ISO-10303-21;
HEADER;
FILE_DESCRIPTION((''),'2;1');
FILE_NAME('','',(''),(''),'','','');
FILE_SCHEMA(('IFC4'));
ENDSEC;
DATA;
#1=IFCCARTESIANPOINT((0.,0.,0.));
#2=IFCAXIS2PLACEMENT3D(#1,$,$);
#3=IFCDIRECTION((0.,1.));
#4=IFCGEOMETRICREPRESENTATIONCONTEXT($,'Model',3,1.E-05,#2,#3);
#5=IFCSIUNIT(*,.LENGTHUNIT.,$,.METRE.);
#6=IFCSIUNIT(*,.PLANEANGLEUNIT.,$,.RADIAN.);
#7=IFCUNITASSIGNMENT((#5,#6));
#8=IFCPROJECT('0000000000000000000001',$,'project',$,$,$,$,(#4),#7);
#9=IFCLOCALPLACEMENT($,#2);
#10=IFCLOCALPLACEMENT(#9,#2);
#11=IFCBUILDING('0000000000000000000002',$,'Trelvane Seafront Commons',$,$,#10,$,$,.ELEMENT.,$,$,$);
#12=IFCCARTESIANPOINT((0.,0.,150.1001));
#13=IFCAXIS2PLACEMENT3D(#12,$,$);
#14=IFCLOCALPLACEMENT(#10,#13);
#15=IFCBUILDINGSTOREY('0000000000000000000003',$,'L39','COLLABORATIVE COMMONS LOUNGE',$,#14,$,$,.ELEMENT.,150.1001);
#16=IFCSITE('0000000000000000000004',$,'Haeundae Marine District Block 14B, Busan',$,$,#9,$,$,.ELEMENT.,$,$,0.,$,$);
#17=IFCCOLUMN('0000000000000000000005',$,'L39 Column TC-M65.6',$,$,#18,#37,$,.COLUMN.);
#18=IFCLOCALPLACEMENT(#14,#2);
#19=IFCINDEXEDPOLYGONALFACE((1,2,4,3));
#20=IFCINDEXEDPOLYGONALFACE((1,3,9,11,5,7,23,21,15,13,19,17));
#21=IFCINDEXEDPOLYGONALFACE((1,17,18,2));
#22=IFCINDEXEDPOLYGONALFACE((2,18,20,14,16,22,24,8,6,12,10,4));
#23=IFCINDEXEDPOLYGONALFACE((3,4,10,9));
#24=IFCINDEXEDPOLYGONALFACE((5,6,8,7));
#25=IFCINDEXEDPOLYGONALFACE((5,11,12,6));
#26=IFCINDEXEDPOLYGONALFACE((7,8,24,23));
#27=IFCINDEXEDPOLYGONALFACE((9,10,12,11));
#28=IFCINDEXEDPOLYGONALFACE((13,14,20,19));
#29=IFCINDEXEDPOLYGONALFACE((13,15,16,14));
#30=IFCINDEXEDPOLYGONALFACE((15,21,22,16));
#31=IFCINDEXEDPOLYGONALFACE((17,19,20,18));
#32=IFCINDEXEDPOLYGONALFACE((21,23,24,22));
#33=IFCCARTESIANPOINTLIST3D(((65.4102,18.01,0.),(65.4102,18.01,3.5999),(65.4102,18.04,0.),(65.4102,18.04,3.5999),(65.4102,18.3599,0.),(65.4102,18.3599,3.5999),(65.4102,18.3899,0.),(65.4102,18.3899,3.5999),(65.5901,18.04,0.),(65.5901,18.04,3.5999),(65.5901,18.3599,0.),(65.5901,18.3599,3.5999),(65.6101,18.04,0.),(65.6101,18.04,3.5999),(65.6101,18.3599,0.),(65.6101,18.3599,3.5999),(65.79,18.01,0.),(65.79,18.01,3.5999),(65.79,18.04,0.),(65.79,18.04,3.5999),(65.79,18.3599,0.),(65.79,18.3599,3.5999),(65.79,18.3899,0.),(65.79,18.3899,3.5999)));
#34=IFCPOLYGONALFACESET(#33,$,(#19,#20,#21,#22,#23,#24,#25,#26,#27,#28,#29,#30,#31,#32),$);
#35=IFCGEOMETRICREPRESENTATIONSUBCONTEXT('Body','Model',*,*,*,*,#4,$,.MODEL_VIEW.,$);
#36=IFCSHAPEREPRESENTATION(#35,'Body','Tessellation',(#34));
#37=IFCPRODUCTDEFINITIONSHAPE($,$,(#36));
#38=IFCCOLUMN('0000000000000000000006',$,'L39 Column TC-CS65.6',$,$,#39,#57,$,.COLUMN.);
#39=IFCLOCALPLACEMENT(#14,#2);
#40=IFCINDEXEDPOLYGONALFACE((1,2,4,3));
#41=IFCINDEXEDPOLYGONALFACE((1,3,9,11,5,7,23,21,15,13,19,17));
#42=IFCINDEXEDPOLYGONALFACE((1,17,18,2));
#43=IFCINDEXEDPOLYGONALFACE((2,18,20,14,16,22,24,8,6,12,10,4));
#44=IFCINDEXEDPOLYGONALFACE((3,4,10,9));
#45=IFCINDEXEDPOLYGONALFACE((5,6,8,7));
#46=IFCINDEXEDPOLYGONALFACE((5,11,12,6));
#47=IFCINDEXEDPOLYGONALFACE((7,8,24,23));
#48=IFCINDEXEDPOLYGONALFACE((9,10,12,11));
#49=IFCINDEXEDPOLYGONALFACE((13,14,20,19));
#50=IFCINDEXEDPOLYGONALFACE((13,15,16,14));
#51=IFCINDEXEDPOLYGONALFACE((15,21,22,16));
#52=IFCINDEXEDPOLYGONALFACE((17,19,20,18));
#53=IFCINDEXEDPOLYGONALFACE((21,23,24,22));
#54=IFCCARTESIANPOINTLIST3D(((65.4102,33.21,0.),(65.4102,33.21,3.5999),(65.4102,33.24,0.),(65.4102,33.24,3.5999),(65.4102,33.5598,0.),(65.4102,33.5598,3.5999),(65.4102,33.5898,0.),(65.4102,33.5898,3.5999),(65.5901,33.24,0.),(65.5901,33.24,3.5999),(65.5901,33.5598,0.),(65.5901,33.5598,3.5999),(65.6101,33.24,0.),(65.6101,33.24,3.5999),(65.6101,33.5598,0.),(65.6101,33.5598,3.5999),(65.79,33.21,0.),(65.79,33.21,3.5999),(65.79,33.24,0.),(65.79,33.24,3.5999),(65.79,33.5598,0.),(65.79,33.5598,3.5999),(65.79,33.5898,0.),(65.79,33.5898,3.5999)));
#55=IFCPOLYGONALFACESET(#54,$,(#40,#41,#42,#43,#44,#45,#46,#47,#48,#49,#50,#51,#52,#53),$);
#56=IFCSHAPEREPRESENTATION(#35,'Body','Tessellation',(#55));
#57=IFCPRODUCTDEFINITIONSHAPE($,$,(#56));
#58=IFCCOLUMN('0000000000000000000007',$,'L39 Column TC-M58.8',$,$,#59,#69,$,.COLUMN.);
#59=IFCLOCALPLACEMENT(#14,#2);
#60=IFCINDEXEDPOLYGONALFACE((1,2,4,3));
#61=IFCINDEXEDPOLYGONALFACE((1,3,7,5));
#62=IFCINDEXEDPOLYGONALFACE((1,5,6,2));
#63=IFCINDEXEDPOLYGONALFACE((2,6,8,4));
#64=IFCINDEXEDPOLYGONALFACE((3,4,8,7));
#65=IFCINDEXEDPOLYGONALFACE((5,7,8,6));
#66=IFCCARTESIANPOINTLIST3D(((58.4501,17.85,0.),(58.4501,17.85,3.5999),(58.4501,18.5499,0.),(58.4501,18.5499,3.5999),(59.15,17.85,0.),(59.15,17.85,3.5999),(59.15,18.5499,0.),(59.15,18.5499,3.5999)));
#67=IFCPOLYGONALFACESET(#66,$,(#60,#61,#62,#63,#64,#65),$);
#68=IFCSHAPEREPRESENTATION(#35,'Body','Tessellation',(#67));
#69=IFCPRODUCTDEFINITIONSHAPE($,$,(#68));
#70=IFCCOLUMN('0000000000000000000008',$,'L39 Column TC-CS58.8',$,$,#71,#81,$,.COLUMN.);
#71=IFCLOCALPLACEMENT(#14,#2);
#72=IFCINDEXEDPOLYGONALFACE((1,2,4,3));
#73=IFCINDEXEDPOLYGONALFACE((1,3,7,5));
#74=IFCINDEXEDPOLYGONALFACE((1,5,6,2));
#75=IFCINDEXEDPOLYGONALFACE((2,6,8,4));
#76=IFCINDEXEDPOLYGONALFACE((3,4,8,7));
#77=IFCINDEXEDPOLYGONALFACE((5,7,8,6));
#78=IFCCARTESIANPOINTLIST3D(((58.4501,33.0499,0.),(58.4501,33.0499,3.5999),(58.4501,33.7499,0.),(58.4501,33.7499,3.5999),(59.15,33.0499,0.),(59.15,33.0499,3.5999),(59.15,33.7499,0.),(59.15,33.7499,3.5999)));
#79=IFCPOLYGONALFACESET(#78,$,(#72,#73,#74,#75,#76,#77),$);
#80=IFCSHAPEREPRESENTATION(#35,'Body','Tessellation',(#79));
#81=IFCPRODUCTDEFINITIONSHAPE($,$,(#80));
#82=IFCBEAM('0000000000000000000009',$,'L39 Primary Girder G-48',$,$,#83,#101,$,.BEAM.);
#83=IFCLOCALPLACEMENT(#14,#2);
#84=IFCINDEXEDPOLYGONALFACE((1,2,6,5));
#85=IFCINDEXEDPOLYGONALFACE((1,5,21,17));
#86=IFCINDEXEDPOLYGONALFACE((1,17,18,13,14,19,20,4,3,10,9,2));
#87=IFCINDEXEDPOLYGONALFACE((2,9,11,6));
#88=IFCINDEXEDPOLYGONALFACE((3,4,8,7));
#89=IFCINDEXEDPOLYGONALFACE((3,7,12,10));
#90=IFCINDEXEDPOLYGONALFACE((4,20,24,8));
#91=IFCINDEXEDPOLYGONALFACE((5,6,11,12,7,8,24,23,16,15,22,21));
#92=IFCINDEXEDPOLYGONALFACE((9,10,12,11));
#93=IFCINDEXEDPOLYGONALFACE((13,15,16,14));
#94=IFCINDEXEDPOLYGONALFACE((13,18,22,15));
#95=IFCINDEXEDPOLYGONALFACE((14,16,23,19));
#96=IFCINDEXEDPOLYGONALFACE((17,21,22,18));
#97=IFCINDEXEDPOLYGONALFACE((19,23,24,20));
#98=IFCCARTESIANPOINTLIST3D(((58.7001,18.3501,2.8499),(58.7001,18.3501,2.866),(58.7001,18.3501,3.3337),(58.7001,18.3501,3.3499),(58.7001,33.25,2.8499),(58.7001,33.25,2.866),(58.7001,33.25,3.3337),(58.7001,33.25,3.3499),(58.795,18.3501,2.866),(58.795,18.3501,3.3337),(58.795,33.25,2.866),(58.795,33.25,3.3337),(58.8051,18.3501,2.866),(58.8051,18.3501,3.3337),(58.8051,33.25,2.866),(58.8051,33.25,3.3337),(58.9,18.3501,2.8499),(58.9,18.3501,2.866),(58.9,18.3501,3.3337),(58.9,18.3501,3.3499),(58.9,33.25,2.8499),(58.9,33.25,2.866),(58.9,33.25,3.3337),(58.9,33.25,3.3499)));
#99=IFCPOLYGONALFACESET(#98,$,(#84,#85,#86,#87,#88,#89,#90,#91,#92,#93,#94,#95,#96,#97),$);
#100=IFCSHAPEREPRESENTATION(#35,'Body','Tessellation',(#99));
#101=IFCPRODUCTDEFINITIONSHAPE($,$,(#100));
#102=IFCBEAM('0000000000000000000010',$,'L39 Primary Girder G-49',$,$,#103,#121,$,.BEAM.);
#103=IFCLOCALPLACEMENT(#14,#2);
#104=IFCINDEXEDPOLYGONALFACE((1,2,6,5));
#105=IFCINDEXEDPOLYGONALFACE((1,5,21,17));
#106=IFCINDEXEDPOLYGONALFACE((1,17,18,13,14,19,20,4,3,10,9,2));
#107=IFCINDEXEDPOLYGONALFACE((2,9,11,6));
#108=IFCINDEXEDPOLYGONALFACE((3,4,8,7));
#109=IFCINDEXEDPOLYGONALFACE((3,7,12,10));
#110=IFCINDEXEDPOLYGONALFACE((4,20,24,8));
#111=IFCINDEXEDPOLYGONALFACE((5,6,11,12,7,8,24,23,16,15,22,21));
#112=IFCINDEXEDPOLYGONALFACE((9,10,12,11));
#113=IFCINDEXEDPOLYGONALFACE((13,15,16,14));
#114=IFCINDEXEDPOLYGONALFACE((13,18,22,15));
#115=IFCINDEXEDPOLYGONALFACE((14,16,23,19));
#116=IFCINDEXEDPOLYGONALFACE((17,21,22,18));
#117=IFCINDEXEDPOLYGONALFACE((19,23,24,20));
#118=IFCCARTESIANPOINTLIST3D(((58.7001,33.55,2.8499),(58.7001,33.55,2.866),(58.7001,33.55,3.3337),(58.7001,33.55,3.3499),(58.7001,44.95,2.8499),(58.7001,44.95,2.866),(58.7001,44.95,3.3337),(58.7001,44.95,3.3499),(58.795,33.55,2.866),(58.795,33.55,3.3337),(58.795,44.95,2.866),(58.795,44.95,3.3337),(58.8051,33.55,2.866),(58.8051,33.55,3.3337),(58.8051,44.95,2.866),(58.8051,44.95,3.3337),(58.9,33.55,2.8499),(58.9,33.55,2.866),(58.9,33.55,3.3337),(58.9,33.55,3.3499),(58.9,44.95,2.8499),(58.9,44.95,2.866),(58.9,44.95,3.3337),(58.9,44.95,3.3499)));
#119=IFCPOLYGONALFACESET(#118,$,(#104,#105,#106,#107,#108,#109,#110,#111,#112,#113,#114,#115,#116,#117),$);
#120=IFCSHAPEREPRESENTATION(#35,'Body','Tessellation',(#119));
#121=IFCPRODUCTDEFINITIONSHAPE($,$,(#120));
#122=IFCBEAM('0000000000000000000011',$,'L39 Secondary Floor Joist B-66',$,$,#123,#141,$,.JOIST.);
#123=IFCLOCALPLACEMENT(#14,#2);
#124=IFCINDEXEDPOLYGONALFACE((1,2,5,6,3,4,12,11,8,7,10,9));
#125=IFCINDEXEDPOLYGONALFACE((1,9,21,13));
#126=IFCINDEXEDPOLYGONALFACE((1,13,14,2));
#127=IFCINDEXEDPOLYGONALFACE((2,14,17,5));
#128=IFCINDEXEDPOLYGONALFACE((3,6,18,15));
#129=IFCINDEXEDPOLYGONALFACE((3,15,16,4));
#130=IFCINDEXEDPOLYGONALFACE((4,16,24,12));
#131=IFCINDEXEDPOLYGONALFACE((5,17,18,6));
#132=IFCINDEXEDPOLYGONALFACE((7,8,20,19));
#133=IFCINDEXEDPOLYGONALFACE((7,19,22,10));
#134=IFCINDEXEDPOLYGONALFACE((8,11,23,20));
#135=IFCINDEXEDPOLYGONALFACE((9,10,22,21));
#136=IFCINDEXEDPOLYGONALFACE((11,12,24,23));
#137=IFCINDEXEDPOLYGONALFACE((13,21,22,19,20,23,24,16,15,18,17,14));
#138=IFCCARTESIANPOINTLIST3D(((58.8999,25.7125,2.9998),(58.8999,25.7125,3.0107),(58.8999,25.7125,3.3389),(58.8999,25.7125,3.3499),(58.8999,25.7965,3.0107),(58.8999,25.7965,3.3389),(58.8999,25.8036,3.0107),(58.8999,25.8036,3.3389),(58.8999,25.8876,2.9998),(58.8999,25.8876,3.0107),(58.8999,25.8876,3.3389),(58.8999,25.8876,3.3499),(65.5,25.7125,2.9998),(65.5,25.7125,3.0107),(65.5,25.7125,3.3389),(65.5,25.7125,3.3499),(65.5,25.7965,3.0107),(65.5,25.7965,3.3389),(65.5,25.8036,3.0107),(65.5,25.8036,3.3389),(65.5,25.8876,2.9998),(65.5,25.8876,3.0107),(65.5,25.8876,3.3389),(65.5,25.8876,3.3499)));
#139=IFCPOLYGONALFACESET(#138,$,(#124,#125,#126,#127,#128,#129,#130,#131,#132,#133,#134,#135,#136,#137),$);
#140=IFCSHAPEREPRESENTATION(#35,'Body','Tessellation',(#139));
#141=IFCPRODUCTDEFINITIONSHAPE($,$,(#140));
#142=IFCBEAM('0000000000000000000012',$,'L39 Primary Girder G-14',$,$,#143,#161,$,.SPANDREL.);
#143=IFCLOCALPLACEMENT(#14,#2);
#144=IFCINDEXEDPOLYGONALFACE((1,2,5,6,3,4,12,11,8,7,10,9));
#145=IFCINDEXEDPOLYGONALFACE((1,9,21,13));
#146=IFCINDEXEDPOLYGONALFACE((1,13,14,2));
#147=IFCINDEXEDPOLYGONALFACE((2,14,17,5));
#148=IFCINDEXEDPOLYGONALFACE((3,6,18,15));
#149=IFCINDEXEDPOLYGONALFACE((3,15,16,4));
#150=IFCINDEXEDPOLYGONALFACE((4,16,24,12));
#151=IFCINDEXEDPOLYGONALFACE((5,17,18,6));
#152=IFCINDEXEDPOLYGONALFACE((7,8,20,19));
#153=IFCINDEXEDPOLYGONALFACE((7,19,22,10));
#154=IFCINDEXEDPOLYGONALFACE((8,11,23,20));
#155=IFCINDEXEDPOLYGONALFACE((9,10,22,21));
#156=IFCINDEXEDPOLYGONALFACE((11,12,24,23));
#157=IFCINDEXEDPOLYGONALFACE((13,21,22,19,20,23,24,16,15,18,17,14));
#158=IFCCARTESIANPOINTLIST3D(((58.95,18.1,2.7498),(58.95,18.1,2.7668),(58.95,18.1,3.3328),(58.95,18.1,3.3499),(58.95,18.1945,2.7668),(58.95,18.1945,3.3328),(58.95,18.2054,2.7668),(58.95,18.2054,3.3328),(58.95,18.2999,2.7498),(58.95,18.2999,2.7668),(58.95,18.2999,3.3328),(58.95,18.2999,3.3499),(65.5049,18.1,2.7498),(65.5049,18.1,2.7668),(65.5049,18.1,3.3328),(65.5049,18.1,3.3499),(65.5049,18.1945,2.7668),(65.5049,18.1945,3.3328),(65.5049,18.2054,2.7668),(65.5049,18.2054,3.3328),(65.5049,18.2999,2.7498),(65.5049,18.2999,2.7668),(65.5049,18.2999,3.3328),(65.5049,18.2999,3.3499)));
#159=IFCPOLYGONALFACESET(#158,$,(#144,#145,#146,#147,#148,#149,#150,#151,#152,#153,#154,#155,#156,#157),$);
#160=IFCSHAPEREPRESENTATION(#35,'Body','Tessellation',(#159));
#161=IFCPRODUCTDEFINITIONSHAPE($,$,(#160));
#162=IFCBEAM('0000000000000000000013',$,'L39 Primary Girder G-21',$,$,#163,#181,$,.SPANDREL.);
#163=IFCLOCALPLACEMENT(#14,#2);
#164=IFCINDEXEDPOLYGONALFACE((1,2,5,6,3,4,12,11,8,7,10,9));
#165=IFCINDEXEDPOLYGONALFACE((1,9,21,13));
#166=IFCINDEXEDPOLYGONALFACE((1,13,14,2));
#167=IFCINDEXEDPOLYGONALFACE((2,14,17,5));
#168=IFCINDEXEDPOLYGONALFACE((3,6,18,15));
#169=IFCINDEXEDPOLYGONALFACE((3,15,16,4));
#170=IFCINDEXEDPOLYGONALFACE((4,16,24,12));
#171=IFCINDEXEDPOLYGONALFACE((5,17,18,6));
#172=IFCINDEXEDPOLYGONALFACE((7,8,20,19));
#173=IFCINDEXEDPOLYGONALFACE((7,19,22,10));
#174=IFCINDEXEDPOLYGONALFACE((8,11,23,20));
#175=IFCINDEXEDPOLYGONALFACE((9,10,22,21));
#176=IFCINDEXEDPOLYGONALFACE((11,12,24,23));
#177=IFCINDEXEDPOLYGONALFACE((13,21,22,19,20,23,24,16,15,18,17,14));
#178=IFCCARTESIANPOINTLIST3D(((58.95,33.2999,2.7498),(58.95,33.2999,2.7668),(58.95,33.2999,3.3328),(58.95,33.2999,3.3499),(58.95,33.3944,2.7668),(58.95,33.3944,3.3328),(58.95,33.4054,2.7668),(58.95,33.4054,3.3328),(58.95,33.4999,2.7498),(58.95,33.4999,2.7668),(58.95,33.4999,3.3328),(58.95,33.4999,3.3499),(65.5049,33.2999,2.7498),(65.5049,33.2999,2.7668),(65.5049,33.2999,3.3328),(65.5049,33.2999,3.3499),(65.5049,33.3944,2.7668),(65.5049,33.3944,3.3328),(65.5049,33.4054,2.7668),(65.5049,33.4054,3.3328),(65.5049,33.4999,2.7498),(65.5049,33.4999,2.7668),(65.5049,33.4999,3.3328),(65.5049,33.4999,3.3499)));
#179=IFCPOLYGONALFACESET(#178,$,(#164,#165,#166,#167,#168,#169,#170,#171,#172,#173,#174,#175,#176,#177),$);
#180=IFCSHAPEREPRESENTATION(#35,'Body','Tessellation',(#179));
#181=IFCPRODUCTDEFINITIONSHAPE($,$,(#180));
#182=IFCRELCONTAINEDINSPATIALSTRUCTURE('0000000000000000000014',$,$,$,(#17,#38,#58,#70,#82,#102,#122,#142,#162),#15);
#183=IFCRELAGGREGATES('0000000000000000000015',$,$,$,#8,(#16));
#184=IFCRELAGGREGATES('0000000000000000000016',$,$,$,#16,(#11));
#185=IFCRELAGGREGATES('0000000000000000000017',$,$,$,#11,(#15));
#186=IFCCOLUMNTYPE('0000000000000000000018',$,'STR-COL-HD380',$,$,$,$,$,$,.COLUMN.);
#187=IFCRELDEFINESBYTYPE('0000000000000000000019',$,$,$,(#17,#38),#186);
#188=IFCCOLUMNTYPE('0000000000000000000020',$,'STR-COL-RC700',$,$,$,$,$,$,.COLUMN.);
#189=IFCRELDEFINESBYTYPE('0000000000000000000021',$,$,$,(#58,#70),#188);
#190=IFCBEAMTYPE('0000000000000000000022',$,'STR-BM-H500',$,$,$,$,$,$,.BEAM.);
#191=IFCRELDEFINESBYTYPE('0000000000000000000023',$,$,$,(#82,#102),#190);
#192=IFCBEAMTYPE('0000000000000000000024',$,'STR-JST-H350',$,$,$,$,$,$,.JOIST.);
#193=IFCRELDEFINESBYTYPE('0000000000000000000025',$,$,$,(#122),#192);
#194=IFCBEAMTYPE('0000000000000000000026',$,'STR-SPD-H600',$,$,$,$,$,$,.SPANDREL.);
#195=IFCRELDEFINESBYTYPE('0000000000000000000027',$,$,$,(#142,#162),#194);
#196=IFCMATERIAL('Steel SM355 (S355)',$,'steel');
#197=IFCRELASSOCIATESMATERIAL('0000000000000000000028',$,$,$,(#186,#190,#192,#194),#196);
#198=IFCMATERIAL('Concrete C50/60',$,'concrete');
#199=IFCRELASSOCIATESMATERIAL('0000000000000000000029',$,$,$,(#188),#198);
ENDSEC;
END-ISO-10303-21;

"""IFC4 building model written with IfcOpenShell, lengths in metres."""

from ifc_helpers import new_model, si_unit, direction, frame, origin, origin_2d, place, context, subcontext, project, spatial, rectangle, i_section, extrude, source, transform, mapped, material, material_profile, profile_set, type_object, element, save


model = new_model("IFC4")

# Units and contexts
model_context = context("Model", 3, precision=1e-05, world=origin(), true_north=direction((0.0, 1.0)))
body_context = subcontext(model_context, "Body", "Model", "MODEL_VIEW")
ifc_project = project(units=[si_unit("LENGTHUNIT", "METRE"), si_unit("PLANEANGLEUNIT", "RADIAN")], contexts=[model_context])

# Site, building, storey
site_placement = place(None, origin())
site = spatial("IfcSite", under=ifc_project, at=site_placement, Name="Haeundae Marine District Block 14B, Busan", CompositionType="ELEMENT", RefElevation=0.0)
building_placement = place(site_placement, origin())
building = spatial("IfcBuilding", under=site, at=building_placement, Name="Trelvane Seafront Commons", CompositionType="ELEMENT")
storey_placement = place(building_placement, frame((0.0, 0.0, 150.1001)))
storey = spatial("IfcBuildingStorey", under=building, at=storey_placement, Name="L39", Description="COLLABORATIVE COMMONS LOUNGE", CompositionType="ELEMENT", Elevation=150.1001)

# Columns
ifc_material_1 = material(Name="Steel SM355 (S355)", Category="steel")
ifc_material_profile_1 = material_profile(ifc_material_1, i_section(OverallWidth=0.3799, OverallDepth=0.3799, WebThickness=0.02, FlangeThickness=0.03, at=origin_2d()), Name="HD-380x380x20x30")
ifc_profile_set_1 = profile_set([ifc_material_profile_1], Name="Steel SM355 (S355)")
column_type_1 = type_object("IfcColumnType", Name="STR-COL-HD380", PredefinedType="COLUMN", material=ifc_profile_set_1)
shared_shape_1 = source(origin(), body_context, "Body", "SweptSolid", [
    extrude(i_section(OverallWidth=0.3799, OverallDepth=0.3799, WebThickness=0.02, FlangeThickness=0.03, at=origin_2d()), origin(), (0.0, 0.0, 1.0), 3.5999),
])
for number, where, z_axis, x_axis, name in (
    (1, (65.6001, 18.2, 0.0), (0.0, 0.0, 1.0), (1.0, 0.0, 0.0), "L39 Column TC-M65.6"),
    (2, (65.6001, 33.3999, 0.0), (0.0, 0.0, 1.0), (1.0, 0.0, 0.0), "L39 Column TC-CS65.6"),
):
    element("IfcColumn", number, at=place(storey_placement, frame(where, z_axis=z_axis, x_axis=x_axis)), inside=storey, type_object=column_type_1, Name=name, PredefinedType="COLUMN", context=body_context, shape_type="MappedRepresentation", body=[
        mapped(shared_shape_1, transform((0.0, 0.0, 0.0), x_axis=(1.0, 0.0, 0.0), y_axis=(0.0, 1.0, 0.0), z_axis=(0.0, 0.0, 1.0), scale=1.0)),
    ])
ifc_material_2 = material(Name="Concrete C50/60", Category="concrete")
ifc_material_profile_2 = material_profile(ifc_material_2, rectangle(XDim=0.7, YDim=0.7, at=origin_2d()), Name="RC-700x700")
ifc_profile_set_2 = profile_set([ifc_material_profile_2], Name="Concrete C50/60")
column_type_2 = type_object("IfcColumnType", Name="STR-COL-RC700", PredefinedType="COLUMN", material=ifc_profile_set_2)
shared_shape_2 = source(origin(), body_context, "Body", "SweptSolid", [
    extrude(rectangle(XDim=0.7, YDim=0.7, at=origin_2d()), origin(), (0.0, 0.0, 1.0), 3.5999),
])
for number, where, z_axis, x_axis, name in (
    (3, (58.8, 18.2, 0.0), (0.0, 0.0, 1.0), (1.0, 0.0, 0.0), "L39 Column TC-M58.8"),
    (4, (58.8, 33.3999, 0.0), (0.0, 0.0, 1.0), (1.0, 0.0, 0.0), "L39 Column TC-CS58.8"),
):
    element("IfcColumn", number, at=place(storey_placement, frame(where, z_axis=z_axis, x_axis=x_axis)), inside=storey, type_object=column_type_2, Name=name, PredefinedType="COLUMN", context=body_context, shape_type="MappedRepresentation", body=[
        mapped(shared_shape_2, transform((0.0, 0.0, 0.0), x_axis=(1.0, 0.0, 0.0), y_axis=(0.0, 1.0, 0.0), z_axis=(0.0, 0.0, 1.0), scale=1.0)),
    ])

# Beams
ifc_material_profile_3 = material_profile(ifc_material_1, i_section(OverallWidth=0.2, OverallDepth=0.5, WebThickness=0.01, FlangeThickness=0.0161, at=origin_2d()), Name="H-500x200x10x16")
ifc_profile_set_3 = profile_set([ifc_material_profile_3], Name="Steel SM355 (S355)")
beam_type_1 = type_object("IfcBeamType", Name="STR-BM-H500", PredefinedType="BEAM", material=ifc_profile_set_3)
shared_shape_3 = source(origin(), body_context, "Body", "SweptSolid", [
    extrude(i_section(OverallWidth=0.2, OverallDepth=0.5, WebThickness=0.01, FlangeThickness=0.0161, at=origin_2d()), origin(), (0.0, 0.0, 1.0), 14.8999),
])
beam_1_placement = place(storey_placement, frame((58.8, 18.3501, 3.0999), z_axis=(0.0, 1.0, 0.0), x_axis=(-1.0, 0.0, 0.0)))
element("IfcBeam", 5, at=beam_1_placement, inside=storey, type_object=beam_type_1, Name="L39 Primary Girder G-48", PredefinedType="BEAM", context=body_context, shape_type="MappedRepresentation", body=[
    mapped(shared_shape_3, transform((0.0, 0.0, 0.0), x_axis=(1.0, 0.0, 0.0), y_axis=(0.0, 1.0, 0.0), z_axis=(0.0, 0.0, 1.0), scale=1.0)),
])
shared_shape_4 = source(origin(), body_context, "Body", "SweptSolid", [
    extrude(i_section(OverallWidth=0.2, OverallDepth=0.5, WebThickness=0.01, FlangeThickness=0.0161, at=origin_2d()), origin(), (0.0, 0.0, 1.0), 11.3999),
])
beam_2_placement = place(storey_placement, frame((58.8, 33.55, 3.0999), z_axis=(0.0, 1.0, 0.0), x_axis=(-1.0, 0.0, 0.0)))
element("IfcBeam", 6, at=beam_2_placement, inside=storey, type_object=beam_type_1, Name="L39 Primary Girder G-49", PredefinedType="BEAM", context=body_context, shape_type="MappedRepresentation", body=[
    mapped(shared_shape_4, transform((0.0, 0.0, 0.0), x_axis=(1.0, 0.0, 0.0), y_axis=(0.0, 1.0, 0.0), z_axis=(0.0, 0.0, 1.0), scale=1.0)),
])
ifc_material_profile_4 = material_profile(ifc_material_1, i_section(OverallWidth=0.175, OverallDepth=0.3501, WebThickness=0.0071, FlangeThickness=0.011, at=origin_2d()), Name="H-350x175x7x11")
ifc_profile_set_4 = profile_set([ifc_material_profile_4], Name="Steel SM355 (S355)")
beam_type_2 = type_object("IfcBeamType", Name="STR-JST-H350", PredefinedType="JOIST", material=ifc_profile_set_4)
shared_shape_5 = source(origin(), body_context, "Body", "SweptSolid", [
    extrude(i_section(OverallWidth=0.175, OverallDepth=0.3501, WebThickness=0.0071, FlangeThickness=0.011, at=origin_2d()), origin(), (0.0, 0.0, 1.0), 6.6001),
])
beam_3_placement = place(storey_placement, frame((58.8999, 25.8, 3.1748), z_axis=(1.0, 0.0, 0.0), x_axis=(0.0, 1.0, 0.0)))
element("IfcBeam", 7, at=beam_3_placement, inside=storey, type_object=beam_type_2, Name="L39 Secondary Floor Joist B-66", PredefinedType="JOIST", context=body_context, shape_type="MappedRepresentation", body=[
    mapped(shared_shape_5, transform((0.0, 0.0, 0.0), x_axis=(1.0, 0.0, 0.0), y_axis=(0.0, 1.0, 0.0), z_axis=(0.0, 0.0, 1.0), scale=1.0)),
])
ifc_material_profile_5 = material_profile(ifc_material_1, i_section(OverallWidth=0.2, OverallDepth=0.6001, WebThickness=0.011, FlangeThickness=0.0171, at=origin_2d()), Name="H-600x200x11x17")
ifc_profile_set_5 = profile_set([ifc_material_profile_5], Name="Steel SM355 (S355)")
beam_type_3 = type_object("IfcBeamType", Name="STR-SPD-H600", PredefinedType="SPANDREL", material=ifc_profile_set_5)
shared_shape_6 = source(origin(), body_context, "Body", "SweptSolid", [
    extrude(i_section(OverallWidth=0.2, OverallDepth=0.6001, WebThickness=0.011, FlangeThickness=0.0171, at=origin_2d()), origin(), (0.0, 0.0, 1.0), 6.5549),
])
for number, where, z_axis, x_axis, name in (
    (8, (58.95, 18.2, 3.0498), (1.0, 0.0, 0.0), (0.0, 1.0, 0.0), "L39 Primary Girder G-14"),
    (9, (58.95, 33.3999, 3.0498), (1.0, 0.0, 0.0), (0.0, 1.0, 0.0), "L39 Primary Girder G-21"),
):
    element("IfcBeam", number, at=place(storey_placement, frame(where, z_axis=z_axis, x_axis=x_axis)), inside=storey, type_object=beam_type_3, Name=name, PredefinedType="SPANDREL", context=body_context, shape_type="MappedRepresentation", body=[
        mapped(shared_shape_6, transform((0.0, 0.0, 0.0), x_axis=(1.0, 0.0, 0.0), y_axis=(0.0, 1.0, 0.0), z_axis=(0.0, 0.0, 1.0), scale=1.0)),
    ])

save(model, "model.ifc")
